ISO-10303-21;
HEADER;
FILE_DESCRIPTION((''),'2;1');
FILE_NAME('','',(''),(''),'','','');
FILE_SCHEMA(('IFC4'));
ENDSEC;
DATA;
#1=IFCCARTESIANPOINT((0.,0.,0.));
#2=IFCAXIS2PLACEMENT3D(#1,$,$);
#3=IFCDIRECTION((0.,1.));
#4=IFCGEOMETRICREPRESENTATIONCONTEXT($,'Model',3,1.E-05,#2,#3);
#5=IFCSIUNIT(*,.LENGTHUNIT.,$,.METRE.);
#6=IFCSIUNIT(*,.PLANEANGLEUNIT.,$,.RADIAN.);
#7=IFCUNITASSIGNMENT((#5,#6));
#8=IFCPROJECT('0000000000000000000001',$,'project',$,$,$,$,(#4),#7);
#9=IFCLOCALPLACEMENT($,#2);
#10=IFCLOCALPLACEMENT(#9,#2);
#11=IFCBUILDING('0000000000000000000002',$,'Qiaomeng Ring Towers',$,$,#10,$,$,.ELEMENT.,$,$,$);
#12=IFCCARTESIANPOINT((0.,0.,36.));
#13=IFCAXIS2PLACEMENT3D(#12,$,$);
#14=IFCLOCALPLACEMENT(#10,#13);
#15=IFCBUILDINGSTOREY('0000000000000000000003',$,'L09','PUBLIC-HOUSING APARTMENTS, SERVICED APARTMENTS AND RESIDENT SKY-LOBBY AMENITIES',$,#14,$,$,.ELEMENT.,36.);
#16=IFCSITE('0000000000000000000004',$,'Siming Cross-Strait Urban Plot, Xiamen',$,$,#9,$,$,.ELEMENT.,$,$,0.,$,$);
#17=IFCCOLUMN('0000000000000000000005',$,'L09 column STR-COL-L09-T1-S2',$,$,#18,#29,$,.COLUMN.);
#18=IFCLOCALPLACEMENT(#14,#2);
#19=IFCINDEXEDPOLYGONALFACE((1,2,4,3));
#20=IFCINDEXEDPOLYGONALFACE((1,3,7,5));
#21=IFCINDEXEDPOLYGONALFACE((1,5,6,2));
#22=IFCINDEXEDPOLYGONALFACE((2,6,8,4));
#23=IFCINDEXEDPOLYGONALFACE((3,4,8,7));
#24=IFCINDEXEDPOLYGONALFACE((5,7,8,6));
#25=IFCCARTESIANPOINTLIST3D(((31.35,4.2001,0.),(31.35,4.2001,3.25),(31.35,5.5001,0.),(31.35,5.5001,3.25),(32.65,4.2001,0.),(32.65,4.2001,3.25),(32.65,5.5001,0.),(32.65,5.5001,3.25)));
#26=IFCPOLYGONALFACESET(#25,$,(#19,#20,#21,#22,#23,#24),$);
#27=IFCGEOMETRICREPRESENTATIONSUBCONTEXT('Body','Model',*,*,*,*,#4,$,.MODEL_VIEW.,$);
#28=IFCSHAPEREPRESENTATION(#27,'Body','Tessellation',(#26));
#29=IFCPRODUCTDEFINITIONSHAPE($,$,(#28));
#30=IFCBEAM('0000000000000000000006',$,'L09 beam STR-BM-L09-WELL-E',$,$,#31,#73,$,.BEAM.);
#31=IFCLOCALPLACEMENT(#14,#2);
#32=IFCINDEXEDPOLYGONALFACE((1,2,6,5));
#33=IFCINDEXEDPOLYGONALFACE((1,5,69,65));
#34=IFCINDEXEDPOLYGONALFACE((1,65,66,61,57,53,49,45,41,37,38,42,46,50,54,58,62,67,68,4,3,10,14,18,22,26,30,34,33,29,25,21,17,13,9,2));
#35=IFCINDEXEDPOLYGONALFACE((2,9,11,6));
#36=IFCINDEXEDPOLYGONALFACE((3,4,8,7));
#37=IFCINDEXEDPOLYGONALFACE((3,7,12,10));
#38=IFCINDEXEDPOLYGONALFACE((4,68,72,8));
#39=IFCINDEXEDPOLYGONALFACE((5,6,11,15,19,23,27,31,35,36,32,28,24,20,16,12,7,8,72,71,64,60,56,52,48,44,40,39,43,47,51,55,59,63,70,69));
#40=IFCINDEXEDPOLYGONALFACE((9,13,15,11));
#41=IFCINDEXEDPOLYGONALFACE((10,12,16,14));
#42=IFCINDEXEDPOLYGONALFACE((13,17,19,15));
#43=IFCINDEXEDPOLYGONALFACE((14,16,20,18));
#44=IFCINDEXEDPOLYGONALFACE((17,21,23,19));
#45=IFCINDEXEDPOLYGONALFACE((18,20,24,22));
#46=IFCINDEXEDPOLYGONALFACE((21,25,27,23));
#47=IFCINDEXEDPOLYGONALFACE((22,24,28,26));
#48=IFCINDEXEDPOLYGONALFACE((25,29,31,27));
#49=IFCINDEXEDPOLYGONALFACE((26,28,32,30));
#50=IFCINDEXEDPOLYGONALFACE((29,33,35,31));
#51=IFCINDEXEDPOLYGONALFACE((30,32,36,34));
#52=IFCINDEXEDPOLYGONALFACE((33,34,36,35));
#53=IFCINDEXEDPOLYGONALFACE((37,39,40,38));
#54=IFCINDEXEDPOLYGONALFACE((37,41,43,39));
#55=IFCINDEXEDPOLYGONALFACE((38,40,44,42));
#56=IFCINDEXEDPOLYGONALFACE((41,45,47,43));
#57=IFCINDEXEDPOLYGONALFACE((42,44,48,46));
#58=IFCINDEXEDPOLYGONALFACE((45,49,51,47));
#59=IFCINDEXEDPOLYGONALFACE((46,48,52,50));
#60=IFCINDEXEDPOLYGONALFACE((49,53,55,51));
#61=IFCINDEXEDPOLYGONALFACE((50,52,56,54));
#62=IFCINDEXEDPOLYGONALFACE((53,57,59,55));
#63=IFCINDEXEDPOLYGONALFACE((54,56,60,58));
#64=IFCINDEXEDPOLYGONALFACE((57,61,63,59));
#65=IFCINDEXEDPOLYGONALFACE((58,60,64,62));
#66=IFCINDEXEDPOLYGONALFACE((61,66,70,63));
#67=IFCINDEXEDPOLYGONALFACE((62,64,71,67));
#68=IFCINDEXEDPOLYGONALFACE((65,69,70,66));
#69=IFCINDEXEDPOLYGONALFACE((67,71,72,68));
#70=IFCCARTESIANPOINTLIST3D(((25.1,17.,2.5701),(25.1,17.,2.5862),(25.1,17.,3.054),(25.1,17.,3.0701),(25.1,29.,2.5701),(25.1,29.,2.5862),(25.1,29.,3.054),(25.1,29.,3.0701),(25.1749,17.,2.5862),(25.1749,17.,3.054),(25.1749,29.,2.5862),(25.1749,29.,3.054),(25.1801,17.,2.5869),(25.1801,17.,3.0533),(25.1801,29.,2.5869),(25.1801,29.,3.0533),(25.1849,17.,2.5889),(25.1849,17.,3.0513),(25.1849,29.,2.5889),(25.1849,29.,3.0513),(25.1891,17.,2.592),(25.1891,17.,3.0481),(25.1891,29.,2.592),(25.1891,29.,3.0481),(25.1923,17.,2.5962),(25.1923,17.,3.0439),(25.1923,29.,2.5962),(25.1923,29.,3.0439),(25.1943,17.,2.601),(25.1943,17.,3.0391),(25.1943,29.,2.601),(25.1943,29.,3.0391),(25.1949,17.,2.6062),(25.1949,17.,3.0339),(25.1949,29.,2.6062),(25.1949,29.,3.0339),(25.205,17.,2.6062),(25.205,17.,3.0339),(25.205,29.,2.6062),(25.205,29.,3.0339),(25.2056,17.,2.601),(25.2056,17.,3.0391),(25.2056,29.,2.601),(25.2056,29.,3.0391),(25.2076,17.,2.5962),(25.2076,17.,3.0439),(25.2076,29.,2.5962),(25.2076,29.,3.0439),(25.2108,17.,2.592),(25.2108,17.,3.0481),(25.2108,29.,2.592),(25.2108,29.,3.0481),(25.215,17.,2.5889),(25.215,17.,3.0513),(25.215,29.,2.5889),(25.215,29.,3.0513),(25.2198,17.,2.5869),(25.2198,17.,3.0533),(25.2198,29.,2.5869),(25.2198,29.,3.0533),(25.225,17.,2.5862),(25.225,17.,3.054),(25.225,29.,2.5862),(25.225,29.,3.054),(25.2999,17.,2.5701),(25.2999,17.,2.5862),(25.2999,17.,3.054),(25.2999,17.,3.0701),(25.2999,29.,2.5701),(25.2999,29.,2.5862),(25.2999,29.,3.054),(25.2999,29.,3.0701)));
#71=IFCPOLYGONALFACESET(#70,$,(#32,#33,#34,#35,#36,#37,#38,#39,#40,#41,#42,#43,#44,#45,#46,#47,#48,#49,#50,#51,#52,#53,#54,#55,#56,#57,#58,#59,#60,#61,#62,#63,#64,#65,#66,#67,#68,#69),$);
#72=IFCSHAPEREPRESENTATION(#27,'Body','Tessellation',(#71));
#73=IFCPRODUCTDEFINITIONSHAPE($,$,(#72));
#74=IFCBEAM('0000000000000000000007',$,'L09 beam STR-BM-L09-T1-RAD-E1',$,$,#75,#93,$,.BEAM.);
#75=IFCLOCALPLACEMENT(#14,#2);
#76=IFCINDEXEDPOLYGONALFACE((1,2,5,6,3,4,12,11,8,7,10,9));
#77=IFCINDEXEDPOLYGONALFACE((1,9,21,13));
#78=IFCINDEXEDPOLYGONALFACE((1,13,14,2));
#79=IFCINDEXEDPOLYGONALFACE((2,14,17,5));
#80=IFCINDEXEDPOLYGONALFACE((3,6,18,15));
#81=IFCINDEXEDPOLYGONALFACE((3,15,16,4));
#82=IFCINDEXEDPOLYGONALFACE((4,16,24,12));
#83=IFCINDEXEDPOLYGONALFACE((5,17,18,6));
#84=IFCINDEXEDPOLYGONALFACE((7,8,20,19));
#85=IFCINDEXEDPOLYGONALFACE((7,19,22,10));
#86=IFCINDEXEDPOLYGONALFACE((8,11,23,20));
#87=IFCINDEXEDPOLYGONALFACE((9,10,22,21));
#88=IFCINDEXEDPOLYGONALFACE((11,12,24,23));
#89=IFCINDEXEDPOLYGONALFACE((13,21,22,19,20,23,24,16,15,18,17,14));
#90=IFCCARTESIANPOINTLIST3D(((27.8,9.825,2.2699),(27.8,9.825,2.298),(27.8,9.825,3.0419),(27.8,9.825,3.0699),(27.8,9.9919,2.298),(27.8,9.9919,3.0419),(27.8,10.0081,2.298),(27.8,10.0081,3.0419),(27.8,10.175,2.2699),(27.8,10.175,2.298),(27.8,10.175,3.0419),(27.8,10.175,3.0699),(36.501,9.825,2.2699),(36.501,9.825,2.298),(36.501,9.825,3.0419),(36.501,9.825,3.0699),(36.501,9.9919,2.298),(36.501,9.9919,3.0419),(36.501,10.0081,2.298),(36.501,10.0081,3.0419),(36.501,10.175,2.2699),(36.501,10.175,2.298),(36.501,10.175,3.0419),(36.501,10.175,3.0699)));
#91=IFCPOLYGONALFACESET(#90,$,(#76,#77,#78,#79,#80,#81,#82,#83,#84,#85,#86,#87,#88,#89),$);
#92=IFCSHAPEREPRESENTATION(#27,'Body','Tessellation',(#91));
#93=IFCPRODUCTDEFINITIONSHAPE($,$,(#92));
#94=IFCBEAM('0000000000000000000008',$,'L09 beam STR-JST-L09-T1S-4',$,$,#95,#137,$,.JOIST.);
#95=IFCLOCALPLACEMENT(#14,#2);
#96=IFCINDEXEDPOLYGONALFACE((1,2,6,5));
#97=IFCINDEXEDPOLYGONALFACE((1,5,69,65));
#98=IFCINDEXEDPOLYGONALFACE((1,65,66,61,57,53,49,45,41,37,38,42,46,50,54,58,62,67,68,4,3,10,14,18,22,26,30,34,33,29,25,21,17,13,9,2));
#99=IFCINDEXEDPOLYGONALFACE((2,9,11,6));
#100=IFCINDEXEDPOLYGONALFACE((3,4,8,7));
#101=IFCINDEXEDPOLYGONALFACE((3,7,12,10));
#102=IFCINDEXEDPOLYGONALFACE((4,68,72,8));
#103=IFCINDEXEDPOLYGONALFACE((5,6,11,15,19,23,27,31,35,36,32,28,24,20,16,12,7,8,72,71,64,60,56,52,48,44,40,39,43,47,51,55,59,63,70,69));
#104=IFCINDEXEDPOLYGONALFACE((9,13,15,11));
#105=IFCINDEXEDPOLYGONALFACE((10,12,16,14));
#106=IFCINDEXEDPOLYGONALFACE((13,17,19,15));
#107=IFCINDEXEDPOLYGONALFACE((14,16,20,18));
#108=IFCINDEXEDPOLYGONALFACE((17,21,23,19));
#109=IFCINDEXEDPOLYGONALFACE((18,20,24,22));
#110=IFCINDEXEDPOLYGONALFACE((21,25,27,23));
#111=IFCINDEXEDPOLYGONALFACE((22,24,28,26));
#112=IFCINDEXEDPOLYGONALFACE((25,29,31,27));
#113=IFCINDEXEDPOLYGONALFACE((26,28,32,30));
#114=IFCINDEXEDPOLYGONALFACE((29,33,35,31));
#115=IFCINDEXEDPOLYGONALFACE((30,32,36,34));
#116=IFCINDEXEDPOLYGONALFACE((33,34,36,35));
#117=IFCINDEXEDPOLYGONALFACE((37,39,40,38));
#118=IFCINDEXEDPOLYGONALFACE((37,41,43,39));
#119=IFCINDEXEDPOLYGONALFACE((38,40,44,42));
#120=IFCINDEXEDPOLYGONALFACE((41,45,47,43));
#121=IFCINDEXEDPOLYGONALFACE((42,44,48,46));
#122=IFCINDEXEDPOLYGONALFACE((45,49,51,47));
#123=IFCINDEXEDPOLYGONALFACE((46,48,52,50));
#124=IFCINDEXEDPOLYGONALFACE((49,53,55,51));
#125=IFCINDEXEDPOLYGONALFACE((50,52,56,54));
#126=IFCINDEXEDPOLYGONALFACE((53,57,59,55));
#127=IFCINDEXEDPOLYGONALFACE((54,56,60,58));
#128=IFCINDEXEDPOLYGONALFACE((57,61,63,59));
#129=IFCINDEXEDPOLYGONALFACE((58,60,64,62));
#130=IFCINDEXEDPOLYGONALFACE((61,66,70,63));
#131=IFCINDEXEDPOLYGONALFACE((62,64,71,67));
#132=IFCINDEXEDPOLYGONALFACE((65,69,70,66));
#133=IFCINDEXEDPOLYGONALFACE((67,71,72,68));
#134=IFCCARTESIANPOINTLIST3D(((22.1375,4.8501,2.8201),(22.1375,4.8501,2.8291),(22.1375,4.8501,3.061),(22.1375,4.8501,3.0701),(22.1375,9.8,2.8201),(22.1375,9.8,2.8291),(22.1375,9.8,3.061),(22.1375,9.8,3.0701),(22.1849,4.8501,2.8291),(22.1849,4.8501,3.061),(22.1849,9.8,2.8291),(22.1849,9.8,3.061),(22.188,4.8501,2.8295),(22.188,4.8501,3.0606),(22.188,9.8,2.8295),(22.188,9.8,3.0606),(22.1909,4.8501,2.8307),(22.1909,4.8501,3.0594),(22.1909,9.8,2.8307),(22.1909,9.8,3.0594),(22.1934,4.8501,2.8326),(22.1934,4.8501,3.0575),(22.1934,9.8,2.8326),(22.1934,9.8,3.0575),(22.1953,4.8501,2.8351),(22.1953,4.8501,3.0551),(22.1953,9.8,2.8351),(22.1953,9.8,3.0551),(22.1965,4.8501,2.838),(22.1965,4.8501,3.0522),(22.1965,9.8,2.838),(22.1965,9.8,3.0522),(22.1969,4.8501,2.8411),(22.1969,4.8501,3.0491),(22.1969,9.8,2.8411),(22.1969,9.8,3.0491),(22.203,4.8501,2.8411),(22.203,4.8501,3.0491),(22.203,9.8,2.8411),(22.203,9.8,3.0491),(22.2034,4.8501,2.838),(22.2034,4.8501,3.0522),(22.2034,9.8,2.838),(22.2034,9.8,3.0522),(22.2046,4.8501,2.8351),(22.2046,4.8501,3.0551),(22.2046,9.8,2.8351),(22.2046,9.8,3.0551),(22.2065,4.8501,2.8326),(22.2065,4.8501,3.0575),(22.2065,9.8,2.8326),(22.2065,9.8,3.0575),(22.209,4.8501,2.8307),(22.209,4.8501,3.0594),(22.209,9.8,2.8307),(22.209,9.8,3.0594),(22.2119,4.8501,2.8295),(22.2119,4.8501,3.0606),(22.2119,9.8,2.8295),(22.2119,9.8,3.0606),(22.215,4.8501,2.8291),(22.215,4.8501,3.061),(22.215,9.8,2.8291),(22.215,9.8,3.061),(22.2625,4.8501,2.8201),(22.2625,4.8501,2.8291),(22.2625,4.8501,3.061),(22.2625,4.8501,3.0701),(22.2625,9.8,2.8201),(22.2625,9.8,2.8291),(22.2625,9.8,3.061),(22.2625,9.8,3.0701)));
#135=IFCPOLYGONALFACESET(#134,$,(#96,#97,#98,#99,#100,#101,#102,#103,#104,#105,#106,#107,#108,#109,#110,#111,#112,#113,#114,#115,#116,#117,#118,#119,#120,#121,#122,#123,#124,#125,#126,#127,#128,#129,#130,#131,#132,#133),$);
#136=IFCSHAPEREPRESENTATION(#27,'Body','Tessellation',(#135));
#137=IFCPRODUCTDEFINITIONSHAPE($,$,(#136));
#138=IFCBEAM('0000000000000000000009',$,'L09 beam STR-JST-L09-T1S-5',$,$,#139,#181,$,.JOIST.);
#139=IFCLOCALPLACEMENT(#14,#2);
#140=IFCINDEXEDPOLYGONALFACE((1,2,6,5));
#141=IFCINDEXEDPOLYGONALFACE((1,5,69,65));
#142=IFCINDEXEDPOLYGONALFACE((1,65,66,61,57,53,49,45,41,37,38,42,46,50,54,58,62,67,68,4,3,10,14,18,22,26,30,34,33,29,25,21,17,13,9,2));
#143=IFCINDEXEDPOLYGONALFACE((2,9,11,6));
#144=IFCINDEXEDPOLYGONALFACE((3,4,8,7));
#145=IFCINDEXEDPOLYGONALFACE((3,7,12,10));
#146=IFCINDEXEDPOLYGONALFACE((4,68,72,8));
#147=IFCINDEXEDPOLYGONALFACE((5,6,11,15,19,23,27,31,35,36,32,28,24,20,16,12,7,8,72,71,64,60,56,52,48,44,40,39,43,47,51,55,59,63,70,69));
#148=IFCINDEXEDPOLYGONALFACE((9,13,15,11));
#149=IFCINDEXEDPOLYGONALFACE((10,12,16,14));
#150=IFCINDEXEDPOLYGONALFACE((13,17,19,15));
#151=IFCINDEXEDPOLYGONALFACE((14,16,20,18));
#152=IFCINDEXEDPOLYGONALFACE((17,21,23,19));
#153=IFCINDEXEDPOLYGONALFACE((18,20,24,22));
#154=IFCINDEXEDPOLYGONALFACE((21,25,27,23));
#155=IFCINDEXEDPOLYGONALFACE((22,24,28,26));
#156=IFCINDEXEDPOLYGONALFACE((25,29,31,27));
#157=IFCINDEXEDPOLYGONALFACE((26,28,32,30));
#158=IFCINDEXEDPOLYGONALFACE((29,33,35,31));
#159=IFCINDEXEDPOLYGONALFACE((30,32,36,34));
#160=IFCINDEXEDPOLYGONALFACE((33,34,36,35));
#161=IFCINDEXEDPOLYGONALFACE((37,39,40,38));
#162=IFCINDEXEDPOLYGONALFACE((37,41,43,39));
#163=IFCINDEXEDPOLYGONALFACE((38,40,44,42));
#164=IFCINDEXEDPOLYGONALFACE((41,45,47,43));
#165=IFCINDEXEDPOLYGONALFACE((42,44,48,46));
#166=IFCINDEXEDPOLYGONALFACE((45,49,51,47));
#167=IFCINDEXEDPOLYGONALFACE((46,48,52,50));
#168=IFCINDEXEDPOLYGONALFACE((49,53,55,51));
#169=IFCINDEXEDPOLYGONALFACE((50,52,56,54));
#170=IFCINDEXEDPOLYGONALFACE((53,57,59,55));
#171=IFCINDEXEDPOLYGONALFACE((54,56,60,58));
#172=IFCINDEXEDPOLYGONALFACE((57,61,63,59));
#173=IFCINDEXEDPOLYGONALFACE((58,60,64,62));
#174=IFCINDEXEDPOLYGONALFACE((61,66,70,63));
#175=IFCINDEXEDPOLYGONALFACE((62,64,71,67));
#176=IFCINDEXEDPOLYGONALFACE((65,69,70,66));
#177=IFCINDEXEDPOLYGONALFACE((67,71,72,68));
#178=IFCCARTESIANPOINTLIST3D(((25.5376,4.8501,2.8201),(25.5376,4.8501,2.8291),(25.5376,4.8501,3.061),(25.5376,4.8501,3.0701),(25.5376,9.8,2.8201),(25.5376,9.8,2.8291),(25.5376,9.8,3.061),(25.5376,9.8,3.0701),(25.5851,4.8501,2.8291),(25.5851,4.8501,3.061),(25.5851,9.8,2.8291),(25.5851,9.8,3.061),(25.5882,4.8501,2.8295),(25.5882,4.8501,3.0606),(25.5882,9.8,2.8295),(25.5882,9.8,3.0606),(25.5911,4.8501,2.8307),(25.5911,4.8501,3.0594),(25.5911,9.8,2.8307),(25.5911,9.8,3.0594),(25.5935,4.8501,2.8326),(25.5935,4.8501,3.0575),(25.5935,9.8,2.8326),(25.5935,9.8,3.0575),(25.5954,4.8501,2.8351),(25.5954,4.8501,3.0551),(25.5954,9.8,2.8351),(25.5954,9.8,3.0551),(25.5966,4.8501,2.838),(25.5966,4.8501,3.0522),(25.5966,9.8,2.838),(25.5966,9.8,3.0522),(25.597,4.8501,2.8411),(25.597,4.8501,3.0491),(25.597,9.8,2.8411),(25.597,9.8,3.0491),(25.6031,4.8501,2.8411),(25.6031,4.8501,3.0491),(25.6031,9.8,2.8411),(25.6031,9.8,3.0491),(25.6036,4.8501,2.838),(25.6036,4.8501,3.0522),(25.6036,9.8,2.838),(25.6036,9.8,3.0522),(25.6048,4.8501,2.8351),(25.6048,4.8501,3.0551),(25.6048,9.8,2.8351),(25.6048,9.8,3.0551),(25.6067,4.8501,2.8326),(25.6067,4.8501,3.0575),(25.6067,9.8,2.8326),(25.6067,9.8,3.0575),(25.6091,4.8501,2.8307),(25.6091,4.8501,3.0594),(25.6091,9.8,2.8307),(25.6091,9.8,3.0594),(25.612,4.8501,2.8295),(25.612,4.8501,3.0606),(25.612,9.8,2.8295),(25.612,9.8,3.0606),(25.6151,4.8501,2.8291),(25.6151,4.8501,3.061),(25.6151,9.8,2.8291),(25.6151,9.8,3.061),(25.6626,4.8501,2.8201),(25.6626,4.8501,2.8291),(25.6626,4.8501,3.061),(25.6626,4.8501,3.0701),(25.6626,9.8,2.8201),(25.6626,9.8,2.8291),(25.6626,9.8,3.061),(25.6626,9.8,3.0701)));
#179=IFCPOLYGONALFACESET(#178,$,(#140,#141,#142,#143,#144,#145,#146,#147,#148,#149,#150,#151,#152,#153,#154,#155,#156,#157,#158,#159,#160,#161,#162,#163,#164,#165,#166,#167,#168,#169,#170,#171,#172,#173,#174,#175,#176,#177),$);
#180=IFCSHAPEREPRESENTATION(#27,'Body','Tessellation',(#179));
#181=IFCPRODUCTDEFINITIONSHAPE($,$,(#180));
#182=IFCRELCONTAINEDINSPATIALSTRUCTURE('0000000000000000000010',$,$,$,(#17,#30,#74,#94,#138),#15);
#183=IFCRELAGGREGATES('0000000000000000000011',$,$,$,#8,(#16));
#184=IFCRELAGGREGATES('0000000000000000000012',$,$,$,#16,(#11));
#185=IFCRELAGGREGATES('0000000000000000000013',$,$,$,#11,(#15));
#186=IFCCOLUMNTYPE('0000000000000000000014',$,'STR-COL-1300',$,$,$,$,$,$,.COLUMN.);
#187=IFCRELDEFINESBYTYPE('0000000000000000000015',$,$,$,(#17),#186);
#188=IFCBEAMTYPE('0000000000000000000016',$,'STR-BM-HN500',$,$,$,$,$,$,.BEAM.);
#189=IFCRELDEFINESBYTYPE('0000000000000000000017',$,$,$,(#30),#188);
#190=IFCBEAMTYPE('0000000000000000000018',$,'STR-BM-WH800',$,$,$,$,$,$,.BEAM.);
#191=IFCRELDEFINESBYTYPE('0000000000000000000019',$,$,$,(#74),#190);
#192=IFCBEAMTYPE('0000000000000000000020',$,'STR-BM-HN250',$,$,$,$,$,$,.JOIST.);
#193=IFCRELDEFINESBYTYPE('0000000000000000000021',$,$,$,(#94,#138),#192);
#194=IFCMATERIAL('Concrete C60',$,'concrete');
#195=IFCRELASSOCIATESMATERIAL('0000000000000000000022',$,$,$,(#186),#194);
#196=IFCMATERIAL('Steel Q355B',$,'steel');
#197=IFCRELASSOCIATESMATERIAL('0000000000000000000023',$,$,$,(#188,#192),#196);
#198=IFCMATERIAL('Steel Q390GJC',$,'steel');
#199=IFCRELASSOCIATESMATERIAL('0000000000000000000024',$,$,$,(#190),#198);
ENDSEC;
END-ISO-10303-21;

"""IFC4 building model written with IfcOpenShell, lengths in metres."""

from ifc_helpers import new_model, si_unit, direction, frame, origin, origin_2d, place, context, subcontext, project, spatial, rectangle, i_section, extrude, source, transform, mapped, material, material_profile, profile_set, type_object, element, save


model = new_model("IFC4")

# Units and contexts
model_context = context("Model", 3, precision=1e-05, world=origin(), true_north=direction((0.0, 1.0)))
body_context = subcontext(model_context, "Body", "Model", "MODEL_VIEW")
ifc_project = project(units=[si_unit("LENGTHUNIT", "METRE"), si_unit("PLANEANGLEUNIT", "RADIAN")], contexts=[model_context])

# Site, building, storey
site_placement = place(None, origin())
site = spatial("IfcSite", under=ifc_project, at=site_placement, Name="Siming Cross-Strait Urban Plot, Xiamen", CompositionType="ELEMENT", RefElevation=0.0)
building_placement = place(site_placement, origin())
building = spatial("IfcBuilding", under=site, at=building_placement, Name="Qiaomeng Ring Towers", CompositionType="ELEMENT")
storey_placement = place(building_placement, frame((0.0, 0.0, 36.0)))
storey = spatial("IfcBuildingStorey", under=building, at=storey_placement, Name="L09", Description="PUBLIC-HOUSING APARTMENTS, SERVICED APARTMENTS AND RESIDENT SKY-LOBBY AMENITIES", CompositionType="ELEMENT", Elevation=36.0)

# Column
ifc_material_1 = material(Name="Concrete C60", Category="concrete")
ifc_material_profile_1 = material_profile(ifc_material_1, rectangle(XDim=1.3, YDim=1.3, at=origin_2d()), Name="RC COL 1300x1300")
ifc_profile_set_1 = profile_set([ifc_material_profile_1], Name="Concrete C60")
column_type = type_object("IfcColumnType", Name="STR-COL-1300", PredefinedType="COLUMN", material=ifc_profile_set_1)
shared_shape_1 = source(origin(), body_context, "Body", "SweptSolid", [
    extrude(rectangle(XDim=1.3, YDim=1.3, at=origin_2d()), origin(), (0.0, 0.0, 1.0), 3.25),
])
column_placement = place(storey_placement, frame((32.0, 4.8501, 0.0), z_axis=(0.0, 0.0, 1.0), x_axis=(1.0, 0.0, 0.0)))
element("IfcColumn", 1, at=column_placement, inside=storey, type_object=column_type, Name="L09 column STR-COL-L09-T1-S2", PredefinedType="COLUMN", context=body_context, shape_type="MappedRepresentation", body=[
    mapped(shared_shape_1, transform((0.0, 0.0, 0.0), x_axis=(1.0, 0.0, 0.0), y_axis=(0.0, 1.0, 0.0), z_axis=(0.0, 0.0, 1.0), scale=1.0)),
])

# Beams
ifc_material_2 = material(Name="Steel Q355B", Category="steel")
ifc_material_profile_2 = material_profile(ifc_material_2, i_section(OverallWidth=0.2, OverallDepth=0.5, WebThickness=0.01, FlangeThickness=0.0161, FilletRadius=0.02, at=origin_2d()), Name="HN 500x200x10x16")
ifc_profile_set_2 = profile_set([ifc_material_profile_2], Name="Steel Q355B")
beam_type_1 = type_object("IfcBeamType", Name="STR-BM-HN500", PredefinedType="BEAM", material=ifc_profile_set_2)
shared_shape_2 = source(origin(), body_context, "Body", "SweptSolid", [
    extrude(i_section(OverallWidth=0.2, OverallDepth=0.5, WebThickness=0.01, FlangeThickness=0.0161, FilletRadius=0.02, at=origin_2d()), origin(), (0.0, 0.0, 1.0), 12.0),
])
beam_1_placement = place(storey_placement, frame((25.2, 17.0, 2.8201), z_axis=(0.0, 1.0, 0.0), x_axis=(-1.0, 0.0, 0.0)))
element("IfcBeam", 2, at=beam_1_placement, inside=storey, type_object=beam_type_1, Name="L09 beam STR-BM-L09-WELL-E", PredefinedType="BEAM", context=body_context, shape_type="MappedRepresentation", body=[
    mapped(shared_shape_2, transform((0.0, 0.0, 0.0), x_axis=(1.0, 0.0, 0.0), y_axis=(0.0, 1.0, 0.0), z_axis=(0.0, 0.0, 1.0), scale=1.0)),
])
ifc_material_3 = material(Name="Steel Q390GJC", Category="steel")
ifc_material_profile_3 = material_profile(ifc_material_3, i_section(OverallWidth=0.3501, OverallDepth=0.8, WebThickness=0.0161, FlangeThickness=0.0281, at=origin_2d()), Name="WH 800x350x16x28")
ifc_profile_set_3 = profile_set([ifc_material_profile_3], Name="Steel Q390GJC")
beam_type_2 = type_object("IfcBeamType", Name="STR-BM-WH800", PredefinedType="BEAM", material=ifc_profile_set_3)
shared_shape_3 = source(origin(), body_context, "Body", "SweptSolid", [
    extrude(i_section(OverallWidth=0.3501, OverallDepth=0.8, WebThickness=0.0161, FlangeThickness=0.0281, at=origin_2d()), origin(), (0.0, 0.0, 1.0), 8.7009),
])
beam_2_placement = place(storey_placement, frame((27.8, 10.0, 2.6699), z_axis=(1.0, 0.0, 0.0), x_axis=(0.0, 1.0, 0.0)))
element("IfcBeam", 3, at=beam_2_placement, inside=storey, type_object=beam_type_2, Name="L09 beam STR-BM-L09-T1-RAD-E1", PredefinedType="BEAM", context=body_context, shape_type="MappedRepresentation", body=[
    mapped(shared_shape_3, transform((0.0, 0.0, 0.0), x_axis=(1.0, 0.0, 0.0), y_axis=(0.0, 1.0, 0.0), z_axis=(0.0, 0.0, 1.0), scale=1.0)),
])
ifc_material_profile_4 = material_profile(ifc_material_2, i_section(OverallWidth=0.125, OverallDepth=0.25, WebThickness=0.0061, FlangeThickness=0.009, FilletRadius=0.012, at=origin_2d()), Name="HN 250x125x6x9")
ifc_profile_set_4 = profile_set([ifc_material_profile_4], Name="Steel Q355B")
beam_type_3 = type_object("IfcBeamType", Name="STR-BM-HN250", PredefinedType="JOIST", material=ifc_profile_set_4)
shared_shape_4 = source(origin(), body_context, "Body", "SweptSolid", [
    extrude(i_section(OverallWidth=0.125, OverallDepth=0.25, WebThickness=0.0061, FlangeThickness=0.009, FilletRadius=0.012, at=origin_2d()), origin(), (0.0, 0.0, 1.0), 4.95),
])
for number, where, z_axis, x_axis, name in (
    (4, (22.2, 4.8501, 2.9451), (0.0, 1.0, 0.0), (-1.0, 0.0, 0.0), "L09 beam STR-JST-L09-T1S-4"),
    (5, (25.6001, 4.8501, 2.9451), (0.0, 1.0, 0.0), (-1.0, 0.0, 0.0), "L09 beam STR-JST-L09-T1S-5"),
):
    element("IfcBeam", number, at=place(storey_placement, frame(where, z_axis=z_axis, x_axis=x_axis)), inside=storey, type_object=beam_type_3, Name=name, PredefinedType="JOIST", context=body_context, shape_type="MappedRepresentation", body=[
        mapped(shared_shape_4, transform((0.0, 0.0, 0.0), x_axis=(1.0, 0.0, 0.0), y_axis=(0.0, 1.0, 0.0), z_axis=(0.0, 0.0, 1.0), scale=1.0)),
    ])

save(model, "model.ifc")
